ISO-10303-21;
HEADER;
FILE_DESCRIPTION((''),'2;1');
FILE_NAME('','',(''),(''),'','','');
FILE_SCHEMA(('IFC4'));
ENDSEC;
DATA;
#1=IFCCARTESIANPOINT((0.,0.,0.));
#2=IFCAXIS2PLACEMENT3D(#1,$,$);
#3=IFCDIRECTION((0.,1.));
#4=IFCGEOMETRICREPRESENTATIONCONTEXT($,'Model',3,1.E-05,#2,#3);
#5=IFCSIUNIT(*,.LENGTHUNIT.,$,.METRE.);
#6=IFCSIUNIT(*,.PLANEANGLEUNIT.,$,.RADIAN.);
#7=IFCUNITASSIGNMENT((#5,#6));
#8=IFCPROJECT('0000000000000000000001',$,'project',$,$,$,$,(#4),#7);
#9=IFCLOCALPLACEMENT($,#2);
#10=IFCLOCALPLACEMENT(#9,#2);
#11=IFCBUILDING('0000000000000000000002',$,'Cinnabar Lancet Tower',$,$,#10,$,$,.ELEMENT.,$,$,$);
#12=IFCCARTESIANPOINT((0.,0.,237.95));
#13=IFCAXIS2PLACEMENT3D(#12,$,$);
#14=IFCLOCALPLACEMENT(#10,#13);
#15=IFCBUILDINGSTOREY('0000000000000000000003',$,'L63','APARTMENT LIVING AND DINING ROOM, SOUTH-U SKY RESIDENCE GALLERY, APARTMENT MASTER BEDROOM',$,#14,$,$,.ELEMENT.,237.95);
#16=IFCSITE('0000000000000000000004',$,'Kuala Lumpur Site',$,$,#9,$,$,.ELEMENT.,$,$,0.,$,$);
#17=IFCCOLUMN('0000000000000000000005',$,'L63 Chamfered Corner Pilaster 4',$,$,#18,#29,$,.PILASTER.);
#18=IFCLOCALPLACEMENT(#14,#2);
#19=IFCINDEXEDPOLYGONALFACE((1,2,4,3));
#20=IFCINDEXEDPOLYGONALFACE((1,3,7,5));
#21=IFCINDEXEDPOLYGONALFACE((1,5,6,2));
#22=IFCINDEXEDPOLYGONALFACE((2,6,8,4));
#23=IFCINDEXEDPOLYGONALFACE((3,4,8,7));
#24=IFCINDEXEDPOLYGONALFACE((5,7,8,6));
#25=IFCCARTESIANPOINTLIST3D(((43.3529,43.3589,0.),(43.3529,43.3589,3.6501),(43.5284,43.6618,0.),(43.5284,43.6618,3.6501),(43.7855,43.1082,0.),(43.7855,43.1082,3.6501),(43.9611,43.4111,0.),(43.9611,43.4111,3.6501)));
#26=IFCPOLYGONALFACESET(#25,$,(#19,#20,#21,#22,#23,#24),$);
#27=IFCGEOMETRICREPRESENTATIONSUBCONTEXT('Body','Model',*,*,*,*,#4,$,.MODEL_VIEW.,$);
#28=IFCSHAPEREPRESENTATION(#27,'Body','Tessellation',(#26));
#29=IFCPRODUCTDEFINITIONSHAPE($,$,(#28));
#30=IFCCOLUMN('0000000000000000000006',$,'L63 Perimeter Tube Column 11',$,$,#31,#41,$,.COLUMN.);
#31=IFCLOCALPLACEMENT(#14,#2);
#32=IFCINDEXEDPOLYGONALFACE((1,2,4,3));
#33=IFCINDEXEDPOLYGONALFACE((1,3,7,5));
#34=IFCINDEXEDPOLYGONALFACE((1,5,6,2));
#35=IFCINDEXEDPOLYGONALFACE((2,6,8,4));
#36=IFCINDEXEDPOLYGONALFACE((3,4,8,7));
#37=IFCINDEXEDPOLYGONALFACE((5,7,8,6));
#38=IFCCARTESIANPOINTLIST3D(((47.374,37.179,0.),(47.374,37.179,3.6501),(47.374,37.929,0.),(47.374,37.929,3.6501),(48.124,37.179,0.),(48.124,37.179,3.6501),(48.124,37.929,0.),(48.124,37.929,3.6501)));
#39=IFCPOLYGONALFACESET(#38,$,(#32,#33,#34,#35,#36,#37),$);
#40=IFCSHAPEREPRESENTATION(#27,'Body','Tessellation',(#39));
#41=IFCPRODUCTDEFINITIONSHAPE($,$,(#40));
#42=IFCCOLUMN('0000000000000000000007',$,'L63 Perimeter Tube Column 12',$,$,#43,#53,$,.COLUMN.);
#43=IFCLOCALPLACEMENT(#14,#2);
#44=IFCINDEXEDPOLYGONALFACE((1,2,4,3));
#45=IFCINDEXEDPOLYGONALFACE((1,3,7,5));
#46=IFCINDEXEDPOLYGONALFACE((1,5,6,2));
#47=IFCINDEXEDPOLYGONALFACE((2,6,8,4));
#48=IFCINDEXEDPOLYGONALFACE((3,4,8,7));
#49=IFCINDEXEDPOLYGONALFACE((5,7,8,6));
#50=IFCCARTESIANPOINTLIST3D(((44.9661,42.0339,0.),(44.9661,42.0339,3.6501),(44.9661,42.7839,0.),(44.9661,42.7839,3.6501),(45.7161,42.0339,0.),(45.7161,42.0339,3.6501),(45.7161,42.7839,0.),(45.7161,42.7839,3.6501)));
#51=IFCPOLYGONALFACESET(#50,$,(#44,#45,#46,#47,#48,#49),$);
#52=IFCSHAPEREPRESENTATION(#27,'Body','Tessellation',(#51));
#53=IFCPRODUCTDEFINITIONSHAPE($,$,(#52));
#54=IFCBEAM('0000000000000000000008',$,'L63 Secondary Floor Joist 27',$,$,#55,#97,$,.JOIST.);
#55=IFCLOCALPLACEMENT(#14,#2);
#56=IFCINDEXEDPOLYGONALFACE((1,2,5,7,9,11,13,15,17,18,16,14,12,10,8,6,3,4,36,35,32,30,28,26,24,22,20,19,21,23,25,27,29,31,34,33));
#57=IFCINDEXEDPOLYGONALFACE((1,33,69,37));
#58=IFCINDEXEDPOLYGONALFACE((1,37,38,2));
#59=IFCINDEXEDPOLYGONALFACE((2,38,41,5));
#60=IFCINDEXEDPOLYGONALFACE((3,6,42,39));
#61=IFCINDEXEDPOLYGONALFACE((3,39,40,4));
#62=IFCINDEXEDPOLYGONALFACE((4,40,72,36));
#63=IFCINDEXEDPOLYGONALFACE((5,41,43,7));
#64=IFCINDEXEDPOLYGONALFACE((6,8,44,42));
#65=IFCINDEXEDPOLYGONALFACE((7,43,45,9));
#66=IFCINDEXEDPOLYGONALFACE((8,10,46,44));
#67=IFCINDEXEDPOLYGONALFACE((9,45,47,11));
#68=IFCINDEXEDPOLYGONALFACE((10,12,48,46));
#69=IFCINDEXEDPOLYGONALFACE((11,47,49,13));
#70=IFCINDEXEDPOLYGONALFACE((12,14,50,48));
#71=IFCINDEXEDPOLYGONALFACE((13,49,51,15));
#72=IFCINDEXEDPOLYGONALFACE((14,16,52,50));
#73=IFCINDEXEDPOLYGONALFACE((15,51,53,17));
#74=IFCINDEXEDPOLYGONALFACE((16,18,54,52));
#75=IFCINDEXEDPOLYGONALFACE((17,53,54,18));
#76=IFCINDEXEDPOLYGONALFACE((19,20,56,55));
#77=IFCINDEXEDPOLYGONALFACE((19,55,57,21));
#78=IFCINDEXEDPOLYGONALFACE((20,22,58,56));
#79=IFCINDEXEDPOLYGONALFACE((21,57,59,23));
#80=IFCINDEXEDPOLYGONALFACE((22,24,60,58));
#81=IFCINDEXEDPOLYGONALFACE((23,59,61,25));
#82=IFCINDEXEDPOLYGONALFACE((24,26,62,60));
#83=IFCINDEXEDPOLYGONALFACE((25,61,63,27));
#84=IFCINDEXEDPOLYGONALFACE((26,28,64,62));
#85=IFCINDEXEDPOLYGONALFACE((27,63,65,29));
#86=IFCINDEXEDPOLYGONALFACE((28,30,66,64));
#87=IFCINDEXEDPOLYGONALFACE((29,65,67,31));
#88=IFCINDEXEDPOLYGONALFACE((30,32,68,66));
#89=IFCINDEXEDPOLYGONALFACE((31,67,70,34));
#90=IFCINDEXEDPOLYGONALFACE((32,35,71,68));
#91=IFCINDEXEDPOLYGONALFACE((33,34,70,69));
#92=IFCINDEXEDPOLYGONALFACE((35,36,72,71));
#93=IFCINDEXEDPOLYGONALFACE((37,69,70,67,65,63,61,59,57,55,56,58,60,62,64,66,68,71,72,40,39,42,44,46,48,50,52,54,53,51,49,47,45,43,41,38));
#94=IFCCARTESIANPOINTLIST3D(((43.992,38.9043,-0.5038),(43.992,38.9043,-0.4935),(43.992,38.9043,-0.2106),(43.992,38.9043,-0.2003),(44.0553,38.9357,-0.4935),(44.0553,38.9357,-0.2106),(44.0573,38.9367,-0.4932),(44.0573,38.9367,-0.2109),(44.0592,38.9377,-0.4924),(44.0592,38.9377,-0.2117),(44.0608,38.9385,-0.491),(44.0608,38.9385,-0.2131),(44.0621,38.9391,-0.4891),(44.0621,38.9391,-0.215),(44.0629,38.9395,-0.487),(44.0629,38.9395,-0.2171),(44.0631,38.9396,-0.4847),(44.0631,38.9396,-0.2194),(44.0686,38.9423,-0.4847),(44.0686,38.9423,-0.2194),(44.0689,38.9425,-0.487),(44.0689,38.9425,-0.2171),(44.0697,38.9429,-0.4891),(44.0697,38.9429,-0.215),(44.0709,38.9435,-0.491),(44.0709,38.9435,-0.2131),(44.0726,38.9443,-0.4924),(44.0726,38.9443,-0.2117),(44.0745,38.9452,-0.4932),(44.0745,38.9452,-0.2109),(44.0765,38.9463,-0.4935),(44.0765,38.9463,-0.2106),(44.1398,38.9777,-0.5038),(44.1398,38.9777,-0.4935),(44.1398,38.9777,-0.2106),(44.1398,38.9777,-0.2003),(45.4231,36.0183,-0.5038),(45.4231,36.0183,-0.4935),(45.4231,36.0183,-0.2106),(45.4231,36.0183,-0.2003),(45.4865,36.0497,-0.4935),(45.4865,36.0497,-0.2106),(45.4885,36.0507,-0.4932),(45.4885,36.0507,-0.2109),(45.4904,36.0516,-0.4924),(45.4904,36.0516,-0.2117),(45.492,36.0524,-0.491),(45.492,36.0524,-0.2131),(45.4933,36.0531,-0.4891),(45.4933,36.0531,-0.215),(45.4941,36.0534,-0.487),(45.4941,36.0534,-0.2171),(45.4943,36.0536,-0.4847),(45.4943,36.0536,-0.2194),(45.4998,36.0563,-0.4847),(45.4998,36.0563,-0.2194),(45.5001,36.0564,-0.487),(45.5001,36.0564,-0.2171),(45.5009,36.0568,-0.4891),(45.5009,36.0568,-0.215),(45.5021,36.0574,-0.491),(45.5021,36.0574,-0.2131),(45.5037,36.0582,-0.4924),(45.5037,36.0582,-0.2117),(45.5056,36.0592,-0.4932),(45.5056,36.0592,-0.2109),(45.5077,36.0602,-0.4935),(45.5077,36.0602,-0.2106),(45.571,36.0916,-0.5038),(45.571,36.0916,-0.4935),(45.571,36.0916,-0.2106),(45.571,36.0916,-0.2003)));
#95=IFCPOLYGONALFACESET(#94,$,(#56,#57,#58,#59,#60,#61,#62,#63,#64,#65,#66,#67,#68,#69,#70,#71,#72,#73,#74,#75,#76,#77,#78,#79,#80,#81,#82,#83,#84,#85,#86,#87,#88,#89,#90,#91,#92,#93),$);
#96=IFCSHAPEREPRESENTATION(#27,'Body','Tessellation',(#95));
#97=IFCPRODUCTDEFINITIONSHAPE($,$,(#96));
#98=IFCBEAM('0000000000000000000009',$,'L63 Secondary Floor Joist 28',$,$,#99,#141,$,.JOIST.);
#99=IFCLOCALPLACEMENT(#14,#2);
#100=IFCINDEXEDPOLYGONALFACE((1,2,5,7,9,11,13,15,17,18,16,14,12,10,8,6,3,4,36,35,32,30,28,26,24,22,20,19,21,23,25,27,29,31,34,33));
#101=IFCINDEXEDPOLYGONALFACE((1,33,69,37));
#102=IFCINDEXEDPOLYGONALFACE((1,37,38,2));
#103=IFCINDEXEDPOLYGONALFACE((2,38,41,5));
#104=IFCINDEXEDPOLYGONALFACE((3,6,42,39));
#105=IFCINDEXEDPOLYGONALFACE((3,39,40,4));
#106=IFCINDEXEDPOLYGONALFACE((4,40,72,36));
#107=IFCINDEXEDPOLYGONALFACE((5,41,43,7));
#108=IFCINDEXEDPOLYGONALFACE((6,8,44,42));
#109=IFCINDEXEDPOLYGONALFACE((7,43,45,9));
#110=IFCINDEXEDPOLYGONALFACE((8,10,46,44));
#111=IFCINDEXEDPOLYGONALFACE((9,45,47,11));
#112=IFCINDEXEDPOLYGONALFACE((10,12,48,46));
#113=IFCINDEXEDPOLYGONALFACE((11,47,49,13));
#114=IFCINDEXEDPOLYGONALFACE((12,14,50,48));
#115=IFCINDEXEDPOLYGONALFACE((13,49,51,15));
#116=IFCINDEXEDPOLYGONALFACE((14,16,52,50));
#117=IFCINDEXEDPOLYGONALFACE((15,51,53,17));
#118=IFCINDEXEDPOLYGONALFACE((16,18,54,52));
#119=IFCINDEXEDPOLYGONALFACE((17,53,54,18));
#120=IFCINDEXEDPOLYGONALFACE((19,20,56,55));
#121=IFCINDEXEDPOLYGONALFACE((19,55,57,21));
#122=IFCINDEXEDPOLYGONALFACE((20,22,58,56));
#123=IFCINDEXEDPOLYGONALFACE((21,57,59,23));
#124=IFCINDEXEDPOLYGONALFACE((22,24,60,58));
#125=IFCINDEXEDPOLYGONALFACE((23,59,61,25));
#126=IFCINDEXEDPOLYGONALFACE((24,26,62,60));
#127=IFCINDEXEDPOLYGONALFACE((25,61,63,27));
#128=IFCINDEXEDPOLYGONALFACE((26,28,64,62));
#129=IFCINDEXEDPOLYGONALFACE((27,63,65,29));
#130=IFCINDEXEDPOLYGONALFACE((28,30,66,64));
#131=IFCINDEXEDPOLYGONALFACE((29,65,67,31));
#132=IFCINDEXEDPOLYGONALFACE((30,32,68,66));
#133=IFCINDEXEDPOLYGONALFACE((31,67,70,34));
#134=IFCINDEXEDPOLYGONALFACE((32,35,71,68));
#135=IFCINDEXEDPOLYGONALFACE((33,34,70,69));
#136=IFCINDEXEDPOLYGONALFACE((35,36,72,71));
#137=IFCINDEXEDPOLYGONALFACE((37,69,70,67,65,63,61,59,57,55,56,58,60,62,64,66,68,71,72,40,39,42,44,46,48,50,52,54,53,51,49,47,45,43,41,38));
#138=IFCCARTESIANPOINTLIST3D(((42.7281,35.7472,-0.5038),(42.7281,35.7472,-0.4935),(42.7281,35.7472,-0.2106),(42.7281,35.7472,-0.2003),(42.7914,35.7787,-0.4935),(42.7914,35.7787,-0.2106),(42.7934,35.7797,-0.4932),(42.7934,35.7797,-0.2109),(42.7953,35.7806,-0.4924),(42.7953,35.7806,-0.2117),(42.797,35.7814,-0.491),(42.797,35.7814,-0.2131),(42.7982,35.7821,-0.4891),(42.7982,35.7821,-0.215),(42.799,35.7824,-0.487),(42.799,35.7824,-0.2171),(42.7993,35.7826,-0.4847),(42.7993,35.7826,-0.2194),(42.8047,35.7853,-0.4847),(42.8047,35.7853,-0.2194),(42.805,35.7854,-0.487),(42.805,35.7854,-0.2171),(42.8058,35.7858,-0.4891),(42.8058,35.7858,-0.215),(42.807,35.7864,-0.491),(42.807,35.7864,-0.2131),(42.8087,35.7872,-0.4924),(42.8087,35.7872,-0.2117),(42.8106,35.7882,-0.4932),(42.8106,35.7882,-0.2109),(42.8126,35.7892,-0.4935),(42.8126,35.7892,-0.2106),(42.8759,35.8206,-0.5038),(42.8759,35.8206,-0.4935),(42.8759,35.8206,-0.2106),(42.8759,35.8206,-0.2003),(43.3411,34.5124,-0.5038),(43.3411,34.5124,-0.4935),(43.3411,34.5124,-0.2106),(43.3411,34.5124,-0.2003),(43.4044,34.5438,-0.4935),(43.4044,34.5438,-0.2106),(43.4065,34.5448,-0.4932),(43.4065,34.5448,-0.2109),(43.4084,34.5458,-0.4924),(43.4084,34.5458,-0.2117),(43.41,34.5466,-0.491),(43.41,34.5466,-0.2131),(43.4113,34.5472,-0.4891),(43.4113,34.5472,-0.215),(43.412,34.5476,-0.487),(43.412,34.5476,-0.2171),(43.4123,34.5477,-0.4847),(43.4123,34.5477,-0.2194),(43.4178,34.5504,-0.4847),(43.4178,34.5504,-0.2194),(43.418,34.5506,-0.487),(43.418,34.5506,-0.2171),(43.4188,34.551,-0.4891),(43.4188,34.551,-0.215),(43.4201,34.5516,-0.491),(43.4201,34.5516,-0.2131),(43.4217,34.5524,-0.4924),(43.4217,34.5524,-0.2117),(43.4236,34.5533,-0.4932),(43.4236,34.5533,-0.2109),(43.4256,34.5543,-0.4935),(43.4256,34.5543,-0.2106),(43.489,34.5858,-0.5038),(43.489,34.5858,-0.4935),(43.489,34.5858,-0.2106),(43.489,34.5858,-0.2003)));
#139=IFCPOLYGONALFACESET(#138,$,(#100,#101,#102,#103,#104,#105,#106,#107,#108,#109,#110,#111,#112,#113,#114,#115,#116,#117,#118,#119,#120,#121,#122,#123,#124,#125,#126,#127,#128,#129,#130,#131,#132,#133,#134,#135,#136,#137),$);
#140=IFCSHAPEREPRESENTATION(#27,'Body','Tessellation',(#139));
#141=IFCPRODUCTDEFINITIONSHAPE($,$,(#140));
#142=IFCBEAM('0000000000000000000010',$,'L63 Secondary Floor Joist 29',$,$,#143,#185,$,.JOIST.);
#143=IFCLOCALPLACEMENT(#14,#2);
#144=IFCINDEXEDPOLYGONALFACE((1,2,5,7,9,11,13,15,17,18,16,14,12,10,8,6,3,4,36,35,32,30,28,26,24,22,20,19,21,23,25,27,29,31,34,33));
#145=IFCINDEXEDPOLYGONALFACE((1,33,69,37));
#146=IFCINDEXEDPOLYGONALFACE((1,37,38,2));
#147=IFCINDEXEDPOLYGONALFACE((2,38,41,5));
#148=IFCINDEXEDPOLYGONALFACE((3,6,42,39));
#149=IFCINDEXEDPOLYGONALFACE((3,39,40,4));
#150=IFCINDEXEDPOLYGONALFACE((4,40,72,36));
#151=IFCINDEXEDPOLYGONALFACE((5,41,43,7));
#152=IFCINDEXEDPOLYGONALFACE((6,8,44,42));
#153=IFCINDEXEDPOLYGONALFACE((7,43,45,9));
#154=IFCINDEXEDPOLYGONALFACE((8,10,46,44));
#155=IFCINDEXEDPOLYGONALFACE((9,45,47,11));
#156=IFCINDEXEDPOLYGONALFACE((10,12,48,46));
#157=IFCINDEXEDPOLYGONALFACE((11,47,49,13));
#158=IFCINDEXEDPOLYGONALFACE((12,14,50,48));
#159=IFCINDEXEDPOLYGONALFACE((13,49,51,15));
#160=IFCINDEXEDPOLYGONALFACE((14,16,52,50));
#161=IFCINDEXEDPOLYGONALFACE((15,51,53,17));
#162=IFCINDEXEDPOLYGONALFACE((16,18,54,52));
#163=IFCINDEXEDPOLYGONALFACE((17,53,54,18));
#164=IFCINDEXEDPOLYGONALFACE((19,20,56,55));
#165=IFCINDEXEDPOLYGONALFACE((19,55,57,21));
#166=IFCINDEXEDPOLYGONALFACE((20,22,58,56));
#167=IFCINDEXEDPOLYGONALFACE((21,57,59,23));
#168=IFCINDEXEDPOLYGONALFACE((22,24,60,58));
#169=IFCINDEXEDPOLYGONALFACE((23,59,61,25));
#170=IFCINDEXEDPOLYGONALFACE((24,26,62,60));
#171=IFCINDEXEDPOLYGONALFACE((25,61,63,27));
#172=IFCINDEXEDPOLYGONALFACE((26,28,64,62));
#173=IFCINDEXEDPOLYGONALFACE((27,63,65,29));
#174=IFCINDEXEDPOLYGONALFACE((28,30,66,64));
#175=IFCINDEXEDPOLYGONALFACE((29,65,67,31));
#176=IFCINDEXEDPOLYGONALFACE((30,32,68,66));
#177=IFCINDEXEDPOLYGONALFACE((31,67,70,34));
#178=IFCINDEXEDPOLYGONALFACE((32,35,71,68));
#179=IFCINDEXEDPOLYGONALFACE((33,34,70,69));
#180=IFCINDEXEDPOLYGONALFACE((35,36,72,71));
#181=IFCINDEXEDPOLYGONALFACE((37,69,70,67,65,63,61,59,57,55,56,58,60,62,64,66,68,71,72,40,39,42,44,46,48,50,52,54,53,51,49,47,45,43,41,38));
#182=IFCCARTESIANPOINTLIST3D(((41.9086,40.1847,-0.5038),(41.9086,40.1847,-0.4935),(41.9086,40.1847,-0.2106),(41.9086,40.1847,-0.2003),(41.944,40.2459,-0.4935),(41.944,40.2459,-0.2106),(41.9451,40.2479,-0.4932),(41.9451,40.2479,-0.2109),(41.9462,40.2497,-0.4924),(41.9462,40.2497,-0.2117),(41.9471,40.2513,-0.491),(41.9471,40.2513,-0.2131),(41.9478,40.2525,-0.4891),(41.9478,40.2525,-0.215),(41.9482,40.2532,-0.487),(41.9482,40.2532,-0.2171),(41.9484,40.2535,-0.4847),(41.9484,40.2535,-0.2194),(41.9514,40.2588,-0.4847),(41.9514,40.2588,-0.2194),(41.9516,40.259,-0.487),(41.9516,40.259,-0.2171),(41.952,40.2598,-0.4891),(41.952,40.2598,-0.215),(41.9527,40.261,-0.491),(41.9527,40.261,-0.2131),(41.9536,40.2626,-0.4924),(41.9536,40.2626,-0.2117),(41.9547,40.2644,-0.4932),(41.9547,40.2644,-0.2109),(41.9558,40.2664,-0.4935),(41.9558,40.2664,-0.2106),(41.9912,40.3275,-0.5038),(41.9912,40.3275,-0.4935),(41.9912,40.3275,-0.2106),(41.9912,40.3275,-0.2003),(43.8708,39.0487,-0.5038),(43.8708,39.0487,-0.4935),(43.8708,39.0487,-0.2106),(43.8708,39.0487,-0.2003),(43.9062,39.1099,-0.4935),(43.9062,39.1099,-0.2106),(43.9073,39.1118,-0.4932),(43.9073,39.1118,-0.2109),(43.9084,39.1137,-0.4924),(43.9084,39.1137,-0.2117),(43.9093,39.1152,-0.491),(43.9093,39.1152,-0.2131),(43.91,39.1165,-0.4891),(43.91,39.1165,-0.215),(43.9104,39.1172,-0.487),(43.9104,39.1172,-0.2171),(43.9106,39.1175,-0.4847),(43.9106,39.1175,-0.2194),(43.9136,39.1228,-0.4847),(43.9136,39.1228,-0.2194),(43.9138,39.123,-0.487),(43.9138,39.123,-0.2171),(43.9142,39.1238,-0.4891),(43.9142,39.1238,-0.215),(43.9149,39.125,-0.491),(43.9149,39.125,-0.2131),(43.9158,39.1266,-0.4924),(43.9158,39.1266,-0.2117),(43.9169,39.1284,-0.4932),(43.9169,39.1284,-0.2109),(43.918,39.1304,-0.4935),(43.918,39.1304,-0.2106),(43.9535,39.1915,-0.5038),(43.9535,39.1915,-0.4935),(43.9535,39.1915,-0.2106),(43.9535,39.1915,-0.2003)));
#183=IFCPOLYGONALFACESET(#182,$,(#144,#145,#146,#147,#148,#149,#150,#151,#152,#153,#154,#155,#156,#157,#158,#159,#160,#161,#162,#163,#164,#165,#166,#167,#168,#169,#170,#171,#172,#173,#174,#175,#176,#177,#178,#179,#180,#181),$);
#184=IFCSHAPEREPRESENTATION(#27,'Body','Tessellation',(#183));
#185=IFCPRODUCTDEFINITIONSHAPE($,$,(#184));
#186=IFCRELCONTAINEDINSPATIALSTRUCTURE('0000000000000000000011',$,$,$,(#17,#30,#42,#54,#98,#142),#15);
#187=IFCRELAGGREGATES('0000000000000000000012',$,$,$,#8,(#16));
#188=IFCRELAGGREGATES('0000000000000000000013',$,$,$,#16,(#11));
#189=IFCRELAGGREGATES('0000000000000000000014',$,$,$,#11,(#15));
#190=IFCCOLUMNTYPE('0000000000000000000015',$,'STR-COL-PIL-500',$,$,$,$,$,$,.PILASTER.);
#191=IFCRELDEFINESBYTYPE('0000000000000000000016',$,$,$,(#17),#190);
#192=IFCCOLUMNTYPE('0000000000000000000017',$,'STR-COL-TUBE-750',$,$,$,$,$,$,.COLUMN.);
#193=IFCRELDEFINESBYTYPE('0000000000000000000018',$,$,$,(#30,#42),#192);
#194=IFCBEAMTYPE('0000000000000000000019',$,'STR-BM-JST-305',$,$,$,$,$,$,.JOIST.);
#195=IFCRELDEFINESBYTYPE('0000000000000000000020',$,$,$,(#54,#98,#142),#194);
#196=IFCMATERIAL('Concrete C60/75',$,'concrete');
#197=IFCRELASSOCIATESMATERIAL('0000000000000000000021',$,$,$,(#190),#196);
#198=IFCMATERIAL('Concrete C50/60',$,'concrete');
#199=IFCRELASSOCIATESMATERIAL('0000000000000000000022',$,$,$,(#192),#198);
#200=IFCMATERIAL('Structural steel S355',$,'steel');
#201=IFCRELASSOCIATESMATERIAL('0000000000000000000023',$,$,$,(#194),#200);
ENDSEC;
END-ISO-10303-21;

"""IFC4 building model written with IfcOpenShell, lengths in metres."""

from ifc_helpers import new_model, si_unit, direction, frame, origin, origin_2d, place, context, subcontext, project, spatial, rectangle, i_section, extrude, material, material_profile, profile_set, type_object, element, save


model = new_model("IFC4")

# Units and contexts
model_context = context("Model", 3, precision=1e-05, world=origin(), true_north=direction((0.0, 1.0)))
body_context = subcontext(model_context, "Body", "Model", "MODEL_VIEW")
ifc_project = project(units=[si_unit("LENGTHUNIT", "METRE"), si_unit("PLANEANGLEUNIT", "RADIAN")], contexts=[model_context])

# Site, building, storey
site_placement = place(None, origin())
site = spatial("IfcSite", under=ifc_project, at=site_placement, Name="Kuala Lumpur Site", CompositionType="ELEMENT", RefElevation=0.0)
building_placement = place(site_placement, origin())
building = spatial("IfcBuilding", under=site, at=building_placement, Name="Cinnabar Lancet Tower", CompositionType="ELEMENT")
storey_placement = place(building_placement, frame((0.0, 0.0, 237.95)))
storey = spatial("IfcBuildingStorey", under=building, at=storey_placement, Name="L63", Description="APARTMENT LIVING AND DINING ROOM, SOUTH-U SKY RESIDENCE GALLERY, APARTMENT MASTER BEDROOM", CompositionType="ELEMENT", Elevation=237.95)

# Columns
ifc_material_1 = material(Name="Concrete C60/75", Category="concrete")
ifc_material_profile_1 = material_profile(ifc_material_1, rectangle(XDim=0.5, YDim=0.3501, at=origin_2d()), Name="RC-PIL 500x350")
ifc_profile_set_1 = profile_set([ifc_material_profile_1], Name="Concrete C60/75")
column_type_1 = type_object("IfcColumnType", Name="STR-COL-PIL-500", PredefinedType="PILASTER", material=ifc_profile_set_1)
column_placement = place(storey_placement, frame((43.657, 43.385, 0.0), z_axis=(0.0, 0.0, 1.0), x_axis=(-0.865256, 0.50133, 0.0)))
element("IfcColumn", 1, at=column_placement, inside=storey, type_object=column_type_1, Name="L63 Chamfered Corner Pilaster 4", PredefinedType="PILASTER", context=body_context, shape_type="SweptSolid", body=[
    extrude(rectangle(XDim=0.5, YDim=0.3501, at=origin_2d()), origin(), (0.0, 0.0, 1.0), 3.6501),
])
ifc_material_2 = material(Name="Concrete C50/60", Category="concrete")
ifc_material_profile_2 = material_profile(ifc_material_2, rectangle(XDim=0.75, YDim=0.75, at=origin_2d()), Name="RC-COL 750x750")
ifc_profile_set_2 = profile_set([ifc_material_profile_2], Name="Concrete C50/60")
column_type_2 = type_object("IfcColumnType", Name="STR-COL-TUBE-750", PredefinedType="COLUMN", material=ifc_profile_set_2)
for number, where, z_axis, x_axis, name in (
    (2, (47.749, 37.554, 0.0), (0.0, 0.0, 1.0), (1.0, 0.0, 0.0), "L63 Perimeter Tube Column 11"),
    (3, (45.3411, 42.4089, 0.0), (0.0, 0.0, 1.0), (1.0, 0.0, 0.0), "L63 Perimeter Tube Column 12"),
):
    element("IfcColumn", number, at=place(storey_placement, frame(where, z_axis=z_axis, x_axis=x_axis)), inside=storey, type_object=column_type_2, Name=name, PredefinedType="COLUMN", context=body_context, shape_type="SweptSolid", body=[
        extrude(rectangle(XDim=0.75, YDim=0.75, at=origin_2d()), origin(), (0.0, 0.0, 1.0), 3.6501),
    ])

# Beams
ifc_material_3 = material(Name="Structural steel S355", Category="steel")
ifc_material_profile_3 = material_profile(ifc_material_3, i_section(OverallWidth=0.165, OverallDepth=0.3035, WebThickness=0.0061, FlangeThickness=0.0103, FilletRadius=0.0088, at=origin_2d()), Name="UKB 305x165x40")
ifc_profile_set_3 = profile_set([ifc_material_profile_3], Name="Structural steel S355")
beam_type_1 = type_object("IfcBeamType", Name="STR-BM-JST-305", PredefinedType="JOIST", material=ifc_profile_set_3)
beam_1_placement = place(storey_placement, frame((45.4971, 36.0549, -0.3521), z_axis=(-0.444271, 0.895893, 0.0), x_axis=(-0.895893, -0.444271, 0.0)))
element("IfcBeam", 4, at=beam_1_placement, inside=storey, type_object=beam_type_1, Name="L63 Secondary Floor Joist 27", PredefinedType="JOIST", context=body_context, shape_type="SweptSolid", body=[
    extrude(i_section(OverallWidth=0.165, OverallDepth=0.3035, WebThickness=0.0061, FlangeThickness=0.0103, FilletRadius=0.0088, at=origin_2d()), origin(), (0.0, 0.0, 1.0), 3.2214),
])
beam_2_placement = place(storey_placement, frame((43.415, 34.5491, -0.3521), z_axis=(-0.444662, 0.895699, 0.0), x_axis=(-0.895699, -0.444662, 0.0)))
element("IfcBeam", 5, at=beam_2_placement, inside=storey, type_object=beam_type_1, Name="L63 Secondary Floor Joist 28", PredefinedType="JOIST", context=body_context, shape_type="SweptSolid", body=[
    extrude(i_section(OverallWidth=0.165, OverallDepth=0.3035, WebThickness=0.0061, FlangeThickness=0.0103, FilletRadius=0.0088, at=origin_2d()), origin(), (0.0, 0.0, 1.0), 1.3787),
])
beam_3_placement = place(storey_placement, frame((43.9121, 39.1201, -0.3521), z_axis=(-0.865426, 0.501036, 0.0), x_axis=(-0.501036, -0.865426, 0.0)))
element("IfcBeam", 6, at=beam_3_placement, inside=storey, type_object=beam_type_1, Name="L63 Secondary Floor Joist 29", PredefinedType="JOIST", context=body_context, shape_type="SweptSolid", body=[
    extrude(i_section(OverallWidth=0.165, OverallDepth=0.3035, WebThickness=0.0061, FlangeThickness=0.0103, FilletRadius=0.0088, at=origin_2d()), origin(), (0.0, 0.0, 1.0), 2.2673),
])

save(model, "model.ifc")
